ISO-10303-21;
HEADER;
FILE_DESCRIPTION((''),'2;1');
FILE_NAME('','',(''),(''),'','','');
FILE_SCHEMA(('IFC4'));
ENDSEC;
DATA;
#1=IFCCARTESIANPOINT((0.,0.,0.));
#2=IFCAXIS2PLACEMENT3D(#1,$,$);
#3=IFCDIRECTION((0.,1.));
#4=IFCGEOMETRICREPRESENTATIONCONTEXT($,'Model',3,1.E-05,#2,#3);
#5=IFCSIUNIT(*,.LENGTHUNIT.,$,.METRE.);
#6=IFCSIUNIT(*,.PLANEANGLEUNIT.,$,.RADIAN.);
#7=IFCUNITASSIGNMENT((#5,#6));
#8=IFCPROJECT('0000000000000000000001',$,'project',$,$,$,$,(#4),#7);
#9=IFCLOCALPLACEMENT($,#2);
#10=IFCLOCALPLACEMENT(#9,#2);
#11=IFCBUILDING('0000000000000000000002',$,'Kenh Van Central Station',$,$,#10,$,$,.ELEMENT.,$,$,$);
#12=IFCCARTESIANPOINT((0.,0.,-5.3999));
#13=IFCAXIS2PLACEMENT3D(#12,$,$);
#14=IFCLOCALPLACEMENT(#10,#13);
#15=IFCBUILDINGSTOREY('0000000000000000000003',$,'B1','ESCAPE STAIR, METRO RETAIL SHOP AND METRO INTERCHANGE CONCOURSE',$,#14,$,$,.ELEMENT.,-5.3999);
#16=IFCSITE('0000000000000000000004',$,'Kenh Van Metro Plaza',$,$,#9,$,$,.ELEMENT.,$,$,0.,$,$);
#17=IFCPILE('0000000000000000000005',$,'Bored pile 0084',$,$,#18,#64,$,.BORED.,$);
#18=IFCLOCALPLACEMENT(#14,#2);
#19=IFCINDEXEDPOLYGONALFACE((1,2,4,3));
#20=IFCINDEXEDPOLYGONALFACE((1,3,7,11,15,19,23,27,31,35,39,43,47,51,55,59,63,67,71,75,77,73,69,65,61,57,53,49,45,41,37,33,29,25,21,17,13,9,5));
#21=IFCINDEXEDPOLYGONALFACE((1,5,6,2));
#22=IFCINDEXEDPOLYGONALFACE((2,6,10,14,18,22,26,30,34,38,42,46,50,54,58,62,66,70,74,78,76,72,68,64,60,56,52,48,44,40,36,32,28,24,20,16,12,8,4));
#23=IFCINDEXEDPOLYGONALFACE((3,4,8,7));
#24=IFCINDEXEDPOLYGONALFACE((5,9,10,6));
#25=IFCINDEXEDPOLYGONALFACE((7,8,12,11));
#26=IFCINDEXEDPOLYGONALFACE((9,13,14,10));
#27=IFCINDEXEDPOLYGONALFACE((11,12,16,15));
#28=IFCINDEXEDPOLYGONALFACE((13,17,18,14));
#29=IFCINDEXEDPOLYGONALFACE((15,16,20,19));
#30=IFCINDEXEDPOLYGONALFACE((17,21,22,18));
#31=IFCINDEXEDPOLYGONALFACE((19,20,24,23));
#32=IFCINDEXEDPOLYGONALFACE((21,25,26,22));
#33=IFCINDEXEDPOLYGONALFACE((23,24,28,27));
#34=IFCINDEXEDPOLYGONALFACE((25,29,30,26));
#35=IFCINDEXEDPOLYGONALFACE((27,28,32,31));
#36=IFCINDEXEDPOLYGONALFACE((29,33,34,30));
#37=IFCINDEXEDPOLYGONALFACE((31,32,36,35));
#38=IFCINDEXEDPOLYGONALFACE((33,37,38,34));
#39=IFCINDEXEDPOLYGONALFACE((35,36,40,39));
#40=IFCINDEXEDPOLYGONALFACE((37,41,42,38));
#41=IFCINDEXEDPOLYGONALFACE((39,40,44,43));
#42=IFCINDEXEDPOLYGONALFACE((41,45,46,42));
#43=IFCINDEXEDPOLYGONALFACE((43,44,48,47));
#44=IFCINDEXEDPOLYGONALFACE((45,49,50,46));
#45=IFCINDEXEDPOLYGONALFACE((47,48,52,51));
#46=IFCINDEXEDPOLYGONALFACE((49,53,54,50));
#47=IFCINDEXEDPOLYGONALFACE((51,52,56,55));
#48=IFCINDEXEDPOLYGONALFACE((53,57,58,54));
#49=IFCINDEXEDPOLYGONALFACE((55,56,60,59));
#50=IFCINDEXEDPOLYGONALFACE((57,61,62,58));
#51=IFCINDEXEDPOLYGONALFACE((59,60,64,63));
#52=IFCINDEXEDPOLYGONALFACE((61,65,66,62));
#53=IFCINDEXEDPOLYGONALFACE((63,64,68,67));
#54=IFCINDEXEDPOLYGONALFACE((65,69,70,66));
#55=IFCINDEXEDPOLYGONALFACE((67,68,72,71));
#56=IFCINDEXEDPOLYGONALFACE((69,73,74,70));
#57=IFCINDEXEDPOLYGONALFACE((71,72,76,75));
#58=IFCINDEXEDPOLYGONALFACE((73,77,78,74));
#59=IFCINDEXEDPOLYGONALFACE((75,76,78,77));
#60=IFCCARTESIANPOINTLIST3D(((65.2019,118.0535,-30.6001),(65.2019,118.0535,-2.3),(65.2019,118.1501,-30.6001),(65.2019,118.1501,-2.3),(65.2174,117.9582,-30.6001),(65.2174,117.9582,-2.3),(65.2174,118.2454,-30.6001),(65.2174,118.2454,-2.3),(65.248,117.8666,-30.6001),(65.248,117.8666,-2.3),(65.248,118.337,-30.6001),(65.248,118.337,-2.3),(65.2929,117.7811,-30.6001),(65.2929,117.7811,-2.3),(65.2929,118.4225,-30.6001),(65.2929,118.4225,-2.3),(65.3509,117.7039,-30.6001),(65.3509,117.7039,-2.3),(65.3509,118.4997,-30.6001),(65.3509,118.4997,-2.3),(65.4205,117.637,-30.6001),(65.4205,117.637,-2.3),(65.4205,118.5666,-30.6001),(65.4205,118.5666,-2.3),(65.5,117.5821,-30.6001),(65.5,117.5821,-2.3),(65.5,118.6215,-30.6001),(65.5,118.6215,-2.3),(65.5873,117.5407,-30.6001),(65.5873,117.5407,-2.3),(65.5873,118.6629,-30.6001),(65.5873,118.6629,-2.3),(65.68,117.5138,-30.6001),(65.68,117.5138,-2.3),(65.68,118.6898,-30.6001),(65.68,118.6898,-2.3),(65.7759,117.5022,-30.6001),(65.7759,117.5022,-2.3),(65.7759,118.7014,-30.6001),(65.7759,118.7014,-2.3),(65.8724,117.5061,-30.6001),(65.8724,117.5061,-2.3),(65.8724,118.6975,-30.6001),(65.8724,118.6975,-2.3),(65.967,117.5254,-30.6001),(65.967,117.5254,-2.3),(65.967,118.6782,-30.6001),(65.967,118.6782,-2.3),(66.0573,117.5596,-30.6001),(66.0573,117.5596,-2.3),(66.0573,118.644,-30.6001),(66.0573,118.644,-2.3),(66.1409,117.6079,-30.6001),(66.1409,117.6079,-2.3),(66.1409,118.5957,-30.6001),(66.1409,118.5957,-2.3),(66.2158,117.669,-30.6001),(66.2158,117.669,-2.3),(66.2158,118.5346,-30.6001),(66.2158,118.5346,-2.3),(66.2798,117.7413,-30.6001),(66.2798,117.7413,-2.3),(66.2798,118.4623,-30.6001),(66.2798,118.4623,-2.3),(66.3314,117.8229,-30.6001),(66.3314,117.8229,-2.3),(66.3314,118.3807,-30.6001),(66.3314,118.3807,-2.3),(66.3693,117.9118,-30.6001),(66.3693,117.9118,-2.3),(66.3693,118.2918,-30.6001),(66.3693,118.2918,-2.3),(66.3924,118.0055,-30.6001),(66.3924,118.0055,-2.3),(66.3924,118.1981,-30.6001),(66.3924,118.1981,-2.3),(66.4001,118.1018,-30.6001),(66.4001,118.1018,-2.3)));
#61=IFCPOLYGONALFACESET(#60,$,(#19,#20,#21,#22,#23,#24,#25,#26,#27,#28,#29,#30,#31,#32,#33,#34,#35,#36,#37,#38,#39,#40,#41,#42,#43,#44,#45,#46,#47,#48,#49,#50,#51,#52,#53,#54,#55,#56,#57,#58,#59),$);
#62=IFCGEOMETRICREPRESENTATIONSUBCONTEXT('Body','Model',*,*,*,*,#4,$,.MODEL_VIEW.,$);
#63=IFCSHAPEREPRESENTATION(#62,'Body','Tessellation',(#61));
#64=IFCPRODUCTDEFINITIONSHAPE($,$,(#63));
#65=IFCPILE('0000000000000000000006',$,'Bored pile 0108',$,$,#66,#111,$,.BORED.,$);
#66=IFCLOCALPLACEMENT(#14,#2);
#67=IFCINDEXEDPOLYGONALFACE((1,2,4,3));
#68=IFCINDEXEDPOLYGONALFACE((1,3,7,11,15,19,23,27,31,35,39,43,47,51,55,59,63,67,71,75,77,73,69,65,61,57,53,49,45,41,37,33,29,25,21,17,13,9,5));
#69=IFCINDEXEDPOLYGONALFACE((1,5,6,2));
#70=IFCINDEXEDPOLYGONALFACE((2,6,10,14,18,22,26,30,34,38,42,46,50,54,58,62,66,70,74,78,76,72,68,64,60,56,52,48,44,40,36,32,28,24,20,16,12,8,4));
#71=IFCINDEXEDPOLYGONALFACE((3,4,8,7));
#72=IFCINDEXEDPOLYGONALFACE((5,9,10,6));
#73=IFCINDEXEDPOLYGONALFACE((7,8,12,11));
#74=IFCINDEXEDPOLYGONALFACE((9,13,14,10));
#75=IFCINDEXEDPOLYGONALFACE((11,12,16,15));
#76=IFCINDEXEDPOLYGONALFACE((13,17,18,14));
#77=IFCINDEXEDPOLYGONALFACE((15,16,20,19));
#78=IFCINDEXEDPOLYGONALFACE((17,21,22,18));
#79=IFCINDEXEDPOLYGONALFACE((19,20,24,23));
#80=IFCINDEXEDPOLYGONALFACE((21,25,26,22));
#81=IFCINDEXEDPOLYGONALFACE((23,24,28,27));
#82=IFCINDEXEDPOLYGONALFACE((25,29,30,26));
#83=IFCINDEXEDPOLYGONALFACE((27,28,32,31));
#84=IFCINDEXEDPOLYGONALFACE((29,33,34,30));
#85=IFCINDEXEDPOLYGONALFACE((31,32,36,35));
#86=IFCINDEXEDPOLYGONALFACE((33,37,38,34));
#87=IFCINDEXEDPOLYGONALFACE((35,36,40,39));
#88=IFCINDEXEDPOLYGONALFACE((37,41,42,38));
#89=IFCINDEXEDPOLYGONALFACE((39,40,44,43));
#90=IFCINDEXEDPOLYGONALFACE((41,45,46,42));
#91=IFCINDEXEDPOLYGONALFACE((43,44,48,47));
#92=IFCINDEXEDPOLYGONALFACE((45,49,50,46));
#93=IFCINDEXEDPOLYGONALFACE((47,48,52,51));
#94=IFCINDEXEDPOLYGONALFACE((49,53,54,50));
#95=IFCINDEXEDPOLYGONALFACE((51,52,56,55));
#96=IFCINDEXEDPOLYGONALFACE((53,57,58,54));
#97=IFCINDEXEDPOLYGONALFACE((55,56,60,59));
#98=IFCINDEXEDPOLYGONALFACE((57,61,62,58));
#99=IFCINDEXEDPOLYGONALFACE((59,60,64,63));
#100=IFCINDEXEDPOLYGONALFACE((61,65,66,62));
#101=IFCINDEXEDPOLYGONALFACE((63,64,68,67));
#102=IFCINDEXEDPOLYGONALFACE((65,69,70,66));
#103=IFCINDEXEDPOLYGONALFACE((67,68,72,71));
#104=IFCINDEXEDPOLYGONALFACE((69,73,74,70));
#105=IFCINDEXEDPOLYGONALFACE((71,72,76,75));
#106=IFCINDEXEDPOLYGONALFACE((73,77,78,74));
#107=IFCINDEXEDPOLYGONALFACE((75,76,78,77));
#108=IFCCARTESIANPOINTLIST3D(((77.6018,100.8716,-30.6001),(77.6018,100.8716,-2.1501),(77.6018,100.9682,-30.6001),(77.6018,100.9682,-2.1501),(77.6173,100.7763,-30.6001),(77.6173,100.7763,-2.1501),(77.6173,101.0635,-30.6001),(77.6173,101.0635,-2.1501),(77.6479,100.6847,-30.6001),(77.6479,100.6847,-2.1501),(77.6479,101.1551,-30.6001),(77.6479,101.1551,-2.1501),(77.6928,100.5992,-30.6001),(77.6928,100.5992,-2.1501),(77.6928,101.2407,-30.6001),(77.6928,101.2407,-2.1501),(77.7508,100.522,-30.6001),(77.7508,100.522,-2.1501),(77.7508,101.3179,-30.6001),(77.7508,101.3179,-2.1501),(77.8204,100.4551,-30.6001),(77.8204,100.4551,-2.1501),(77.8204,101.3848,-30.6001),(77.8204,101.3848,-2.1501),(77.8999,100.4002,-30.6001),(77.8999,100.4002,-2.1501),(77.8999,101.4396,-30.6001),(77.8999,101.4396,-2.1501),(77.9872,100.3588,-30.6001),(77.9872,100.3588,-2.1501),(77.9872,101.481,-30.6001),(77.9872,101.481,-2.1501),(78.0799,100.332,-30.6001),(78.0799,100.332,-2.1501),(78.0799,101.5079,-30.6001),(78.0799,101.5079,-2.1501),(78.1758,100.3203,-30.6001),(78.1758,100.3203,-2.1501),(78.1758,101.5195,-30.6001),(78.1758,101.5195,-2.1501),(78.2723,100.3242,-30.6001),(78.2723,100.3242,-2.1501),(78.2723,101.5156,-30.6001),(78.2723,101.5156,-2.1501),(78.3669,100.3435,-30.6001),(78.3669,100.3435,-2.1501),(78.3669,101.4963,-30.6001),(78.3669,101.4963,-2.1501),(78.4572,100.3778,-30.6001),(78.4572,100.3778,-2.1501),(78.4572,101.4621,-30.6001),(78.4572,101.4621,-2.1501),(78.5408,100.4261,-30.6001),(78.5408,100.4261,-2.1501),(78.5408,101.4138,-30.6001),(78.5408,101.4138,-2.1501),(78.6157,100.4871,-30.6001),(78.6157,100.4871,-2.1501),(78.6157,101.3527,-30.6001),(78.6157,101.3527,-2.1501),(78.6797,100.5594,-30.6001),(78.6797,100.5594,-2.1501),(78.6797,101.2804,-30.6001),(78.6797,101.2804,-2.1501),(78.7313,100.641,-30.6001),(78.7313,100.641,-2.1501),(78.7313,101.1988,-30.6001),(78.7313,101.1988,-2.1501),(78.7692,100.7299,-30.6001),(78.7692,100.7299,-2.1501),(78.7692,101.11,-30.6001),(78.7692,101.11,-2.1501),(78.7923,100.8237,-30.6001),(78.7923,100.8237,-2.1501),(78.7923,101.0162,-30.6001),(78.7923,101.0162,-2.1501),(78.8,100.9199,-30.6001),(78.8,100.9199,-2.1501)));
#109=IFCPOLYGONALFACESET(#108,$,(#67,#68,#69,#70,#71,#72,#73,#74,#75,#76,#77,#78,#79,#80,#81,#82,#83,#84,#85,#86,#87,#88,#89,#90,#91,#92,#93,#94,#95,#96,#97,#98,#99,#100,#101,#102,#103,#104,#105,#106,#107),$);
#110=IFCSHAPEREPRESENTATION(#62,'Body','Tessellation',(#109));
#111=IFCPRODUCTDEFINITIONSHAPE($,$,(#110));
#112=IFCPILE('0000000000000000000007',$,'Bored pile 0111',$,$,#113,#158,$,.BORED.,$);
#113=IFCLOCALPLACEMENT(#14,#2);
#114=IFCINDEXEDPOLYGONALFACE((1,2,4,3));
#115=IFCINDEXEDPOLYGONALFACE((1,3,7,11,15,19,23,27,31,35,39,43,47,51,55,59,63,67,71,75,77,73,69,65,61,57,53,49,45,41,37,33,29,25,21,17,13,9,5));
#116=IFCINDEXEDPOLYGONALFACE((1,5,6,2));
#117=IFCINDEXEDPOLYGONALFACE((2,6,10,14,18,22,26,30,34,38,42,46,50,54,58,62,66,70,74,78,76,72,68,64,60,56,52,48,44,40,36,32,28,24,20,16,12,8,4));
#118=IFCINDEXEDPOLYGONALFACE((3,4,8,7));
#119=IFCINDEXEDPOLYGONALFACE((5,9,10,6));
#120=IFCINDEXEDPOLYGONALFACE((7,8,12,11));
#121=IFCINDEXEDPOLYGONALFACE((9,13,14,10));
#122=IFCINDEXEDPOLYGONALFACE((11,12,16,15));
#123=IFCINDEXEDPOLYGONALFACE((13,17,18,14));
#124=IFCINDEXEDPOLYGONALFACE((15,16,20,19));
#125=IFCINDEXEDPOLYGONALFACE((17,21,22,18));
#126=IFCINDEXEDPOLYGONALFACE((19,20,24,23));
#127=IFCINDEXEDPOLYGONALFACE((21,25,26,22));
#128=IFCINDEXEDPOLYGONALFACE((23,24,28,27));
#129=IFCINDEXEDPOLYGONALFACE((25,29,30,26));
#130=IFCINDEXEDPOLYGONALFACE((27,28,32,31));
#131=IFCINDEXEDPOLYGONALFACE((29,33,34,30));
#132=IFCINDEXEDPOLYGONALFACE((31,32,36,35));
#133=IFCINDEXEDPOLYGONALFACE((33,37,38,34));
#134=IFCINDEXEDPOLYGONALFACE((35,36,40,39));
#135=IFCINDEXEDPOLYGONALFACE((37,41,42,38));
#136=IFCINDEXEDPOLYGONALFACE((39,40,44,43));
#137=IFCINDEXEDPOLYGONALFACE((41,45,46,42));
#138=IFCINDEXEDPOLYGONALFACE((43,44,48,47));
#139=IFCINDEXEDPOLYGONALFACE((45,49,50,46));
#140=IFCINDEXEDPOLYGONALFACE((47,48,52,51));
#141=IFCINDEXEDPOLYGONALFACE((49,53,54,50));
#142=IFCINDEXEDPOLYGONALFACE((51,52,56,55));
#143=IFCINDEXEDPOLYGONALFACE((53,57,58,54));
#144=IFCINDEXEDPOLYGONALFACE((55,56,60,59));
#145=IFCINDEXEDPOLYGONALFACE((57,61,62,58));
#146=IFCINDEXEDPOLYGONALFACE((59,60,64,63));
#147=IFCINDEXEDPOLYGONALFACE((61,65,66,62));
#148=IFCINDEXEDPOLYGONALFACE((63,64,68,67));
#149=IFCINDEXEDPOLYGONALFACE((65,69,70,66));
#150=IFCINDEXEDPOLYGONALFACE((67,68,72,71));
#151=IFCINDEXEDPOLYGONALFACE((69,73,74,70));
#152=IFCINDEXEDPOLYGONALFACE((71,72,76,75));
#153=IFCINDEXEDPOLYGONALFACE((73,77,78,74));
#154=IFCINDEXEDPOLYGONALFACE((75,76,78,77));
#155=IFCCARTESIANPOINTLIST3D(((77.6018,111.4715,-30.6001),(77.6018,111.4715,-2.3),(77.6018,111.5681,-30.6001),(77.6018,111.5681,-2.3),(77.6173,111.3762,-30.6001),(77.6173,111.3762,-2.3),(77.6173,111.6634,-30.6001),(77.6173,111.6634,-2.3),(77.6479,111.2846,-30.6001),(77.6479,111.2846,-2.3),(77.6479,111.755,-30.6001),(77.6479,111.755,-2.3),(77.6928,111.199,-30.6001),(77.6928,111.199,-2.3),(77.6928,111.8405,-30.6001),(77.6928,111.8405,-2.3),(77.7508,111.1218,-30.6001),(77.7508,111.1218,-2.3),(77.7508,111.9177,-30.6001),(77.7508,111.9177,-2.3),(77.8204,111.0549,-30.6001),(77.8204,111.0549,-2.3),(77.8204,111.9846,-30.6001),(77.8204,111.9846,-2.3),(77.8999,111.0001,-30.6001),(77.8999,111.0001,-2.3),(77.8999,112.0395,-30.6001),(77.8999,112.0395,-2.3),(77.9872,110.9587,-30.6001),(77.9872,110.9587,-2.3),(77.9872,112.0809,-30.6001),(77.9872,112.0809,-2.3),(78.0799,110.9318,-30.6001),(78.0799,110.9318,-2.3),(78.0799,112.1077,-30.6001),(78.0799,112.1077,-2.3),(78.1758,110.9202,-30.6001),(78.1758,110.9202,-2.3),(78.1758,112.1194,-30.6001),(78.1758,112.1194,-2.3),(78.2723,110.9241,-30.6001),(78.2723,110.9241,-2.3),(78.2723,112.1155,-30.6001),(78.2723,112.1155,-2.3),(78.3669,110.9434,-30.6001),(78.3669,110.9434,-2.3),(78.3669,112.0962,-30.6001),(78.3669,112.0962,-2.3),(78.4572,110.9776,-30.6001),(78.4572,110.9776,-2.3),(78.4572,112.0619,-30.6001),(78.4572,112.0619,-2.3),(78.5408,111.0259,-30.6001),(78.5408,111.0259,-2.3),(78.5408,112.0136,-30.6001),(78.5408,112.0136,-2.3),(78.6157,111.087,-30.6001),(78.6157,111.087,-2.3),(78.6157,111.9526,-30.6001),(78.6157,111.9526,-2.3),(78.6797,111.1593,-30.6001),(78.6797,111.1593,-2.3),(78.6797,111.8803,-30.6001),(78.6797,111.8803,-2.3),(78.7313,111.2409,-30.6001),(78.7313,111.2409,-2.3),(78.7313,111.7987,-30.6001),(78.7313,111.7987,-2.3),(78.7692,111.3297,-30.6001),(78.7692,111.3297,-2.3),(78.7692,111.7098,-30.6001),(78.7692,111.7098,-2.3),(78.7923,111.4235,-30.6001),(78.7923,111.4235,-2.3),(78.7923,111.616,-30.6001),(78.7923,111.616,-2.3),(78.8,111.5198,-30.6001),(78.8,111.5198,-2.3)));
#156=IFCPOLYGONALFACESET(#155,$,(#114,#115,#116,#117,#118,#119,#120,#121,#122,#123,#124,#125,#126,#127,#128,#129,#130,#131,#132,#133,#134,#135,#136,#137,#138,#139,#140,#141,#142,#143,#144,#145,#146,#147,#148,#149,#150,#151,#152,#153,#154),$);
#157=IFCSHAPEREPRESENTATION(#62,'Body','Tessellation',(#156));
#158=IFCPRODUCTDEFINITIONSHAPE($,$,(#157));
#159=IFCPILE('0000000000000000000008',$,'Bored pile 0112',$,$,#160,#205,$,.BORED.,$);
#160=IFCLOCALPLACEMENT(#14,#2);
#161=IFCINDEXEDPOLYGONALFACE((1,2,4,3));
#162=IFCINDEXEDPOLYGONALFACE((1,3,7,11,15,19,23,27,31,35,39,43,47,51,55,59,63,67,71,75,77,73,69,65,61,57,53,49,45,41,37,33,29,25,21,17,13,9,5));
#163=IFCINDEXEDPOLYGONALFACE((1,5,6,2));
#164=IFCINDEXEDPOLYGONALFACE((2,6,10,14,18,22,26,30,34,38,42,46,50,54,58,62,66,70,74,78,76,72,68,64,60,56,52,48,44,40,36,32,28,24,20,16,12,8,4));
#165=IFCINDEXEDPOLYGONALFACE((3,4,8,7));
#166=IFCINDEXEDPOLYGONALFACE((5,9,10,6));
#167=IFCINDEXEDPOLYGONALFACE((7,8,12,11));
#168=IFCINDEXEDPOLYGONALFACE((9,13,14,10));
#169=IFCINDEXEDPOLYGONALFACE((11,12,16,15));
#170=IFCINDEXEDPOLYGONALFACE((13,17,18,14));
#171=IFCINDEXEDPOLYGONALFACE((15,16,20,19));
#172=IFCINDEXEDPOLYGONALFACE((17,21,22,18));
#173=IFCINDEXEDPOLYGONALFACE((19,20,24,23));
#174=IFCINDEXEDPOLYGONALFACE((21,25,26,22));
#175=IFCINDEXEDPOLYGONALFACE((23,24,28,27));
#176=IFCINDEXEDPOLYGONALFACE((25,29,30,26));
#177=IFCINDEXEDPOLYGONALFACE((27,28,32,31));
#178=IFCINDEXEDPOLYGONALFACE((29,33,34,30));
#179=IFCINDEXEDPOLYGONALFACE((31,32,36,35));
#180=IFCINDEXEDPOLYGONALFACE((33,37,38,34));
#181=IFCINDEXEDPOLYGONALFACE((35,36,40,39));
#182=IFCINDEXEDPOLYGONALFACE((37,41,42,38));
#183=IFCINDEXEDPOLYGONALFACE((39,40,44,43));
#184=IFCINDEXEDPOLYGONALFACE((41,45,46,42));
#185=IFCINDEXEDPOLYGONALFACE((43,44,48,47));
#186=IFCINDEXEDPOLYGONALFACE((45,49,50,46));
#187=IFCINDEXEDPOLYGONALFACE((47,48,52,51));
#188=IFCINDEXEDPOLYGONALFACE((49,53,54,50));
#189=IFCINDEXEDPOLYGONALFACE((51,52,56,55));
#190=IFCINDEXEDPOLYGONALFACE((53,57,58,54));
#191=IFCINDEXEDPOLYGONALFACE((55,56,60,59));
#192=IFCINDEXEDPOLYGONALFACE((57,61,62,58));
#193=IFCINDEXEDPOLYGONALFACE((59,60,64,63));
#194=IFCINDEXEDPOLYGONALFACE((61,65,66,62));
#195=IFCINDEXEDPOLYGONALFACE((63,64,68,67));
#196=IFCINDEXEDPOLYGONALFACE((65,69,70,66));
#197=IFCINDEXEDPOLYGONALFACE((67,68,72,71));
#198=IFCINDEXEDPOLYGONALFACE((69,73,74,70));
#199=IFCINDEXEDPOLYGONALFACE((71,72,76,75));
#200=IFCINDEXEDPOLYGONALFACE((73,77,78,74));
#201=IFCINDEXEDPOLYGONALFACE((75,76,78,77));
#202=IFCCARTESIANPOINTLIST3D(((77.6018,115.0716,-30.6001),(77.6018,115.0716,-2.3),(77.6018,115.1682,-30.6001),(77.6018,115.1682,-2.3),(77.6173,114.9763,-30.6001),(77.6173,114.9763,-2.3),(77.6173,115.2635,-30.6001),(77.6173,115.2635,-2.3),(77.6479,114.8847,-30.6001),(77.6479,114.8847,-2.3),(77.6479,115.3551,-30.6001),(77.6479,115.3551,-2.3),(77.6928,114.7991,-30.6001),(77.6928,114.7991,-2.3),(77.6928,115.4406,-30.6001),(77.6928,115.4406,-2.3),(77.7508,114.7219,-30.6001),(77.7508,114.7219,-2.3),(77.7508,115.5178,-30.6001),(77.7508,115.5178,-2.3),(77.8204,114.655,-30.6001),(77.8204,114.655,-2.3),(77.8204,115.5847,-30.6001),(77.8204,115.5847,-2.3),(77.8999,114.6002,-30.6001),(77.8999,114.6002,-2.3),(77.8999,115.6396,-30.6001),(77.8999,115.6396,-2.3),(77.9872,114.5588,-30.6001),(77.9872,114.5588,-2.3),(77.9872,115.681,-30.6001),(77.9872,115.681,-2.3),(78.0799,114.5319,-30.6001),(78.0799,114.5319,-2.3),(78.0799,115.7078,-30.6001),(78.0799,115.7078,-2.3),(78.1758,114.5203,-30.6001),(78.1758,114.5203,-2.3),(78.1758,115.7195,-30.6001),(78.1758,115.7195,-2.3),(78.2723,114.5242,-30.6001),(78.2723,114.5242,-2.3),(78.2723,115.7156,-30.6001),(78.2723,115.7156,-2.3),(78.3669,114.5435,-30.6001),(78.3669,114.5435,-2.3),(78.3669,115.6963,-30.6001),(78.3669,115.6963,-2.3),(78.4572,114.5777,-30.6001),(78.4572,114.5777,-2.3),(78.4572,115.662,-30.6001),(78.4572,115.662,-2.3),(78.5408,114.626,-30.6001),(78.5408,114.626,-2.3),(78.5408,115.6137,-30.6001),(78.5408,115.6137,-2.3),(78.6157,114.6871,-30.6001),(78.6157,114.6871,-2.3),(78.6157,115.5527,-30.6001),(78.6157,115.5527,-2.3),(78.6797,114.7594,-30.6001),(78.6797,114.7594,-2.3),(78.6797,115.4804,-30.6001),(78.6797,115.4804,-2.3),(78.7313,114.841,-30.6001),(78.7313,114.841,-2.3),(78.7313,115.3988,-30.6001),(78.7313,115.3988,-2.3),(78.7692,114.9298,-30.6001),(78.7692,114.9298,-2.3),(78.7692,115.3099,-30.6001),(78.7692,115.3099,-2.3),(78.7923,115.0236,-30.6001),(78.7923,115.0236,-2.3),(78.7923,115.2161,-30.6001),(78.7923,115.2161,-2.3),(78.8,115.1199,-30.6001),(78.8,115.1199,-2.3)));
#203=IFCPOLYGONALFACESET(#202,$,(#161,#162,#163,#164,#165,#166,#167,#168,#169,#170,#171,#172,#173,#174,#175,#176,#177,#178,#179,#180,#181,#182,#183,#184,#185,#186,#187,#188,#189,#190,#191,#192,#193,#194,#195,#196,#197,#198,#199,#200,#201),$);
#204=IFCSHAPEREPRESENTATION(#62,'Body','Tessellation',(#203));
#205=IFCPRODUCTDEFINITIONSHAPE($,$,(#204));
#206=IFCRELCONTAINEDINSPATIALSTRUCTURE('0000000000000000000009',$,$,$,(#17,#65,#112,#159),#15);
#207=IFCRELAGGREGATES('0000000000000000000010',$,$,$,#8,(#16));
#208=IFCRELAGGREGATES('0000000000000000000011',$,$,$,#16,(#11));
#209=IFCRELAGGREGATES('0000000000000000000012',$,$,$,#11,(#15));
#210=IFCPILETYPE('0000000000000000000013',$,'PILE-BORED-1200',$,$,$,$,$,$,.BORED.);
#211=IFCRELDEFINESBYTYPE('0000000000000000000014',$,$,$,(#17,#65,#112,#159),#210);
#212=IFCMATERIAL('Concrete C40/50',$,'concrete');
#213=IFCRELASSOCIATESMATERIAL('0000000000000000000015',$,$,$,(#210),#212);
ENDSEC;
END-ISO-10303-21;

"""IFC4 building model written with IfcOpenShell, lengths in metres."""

from ifc_helpers import new_model, si_unit, direction, frame, origin, origin_2d, place, context, subcontext, project, spatial, circle, extrude, material, material_profile, profile_set, type_object, element, save


model = new_model("IFC4")

# Units and contexts
model_context = context("Model", 3, precision=1e-05, world=origin(), true_north=direction((0.0, 1.0)))
body_context = subcontext(model_context, "Body", "Model", "MODEL_VIEW")
ifc_project = project(units=[si_unit("LENGTHUNIT", "METRE"), si_unit("PLANEANGLEUNIT", "RADIAN")], contexts=[model_context])

# Site, building, storey
site_placement = place(None, origin())
site = spatial("IfcSite", under=ifc_project, at=site_placement, Name="Kenh Van Metro Plaza", CompositionType="ELEMENT", RefElevation=0.0)
building_placement = place(site_placement, origin())
building = spatial("IfcBuilding", under=site, at=building_placement, Name="Kenh Van Central Station", CompositionType="ELEMENT")
storey_placement = place(building_placement, frame((0.0, 0.0, -5.3999)))
storey = spatial("IfcBuildingStorey", under=building, at=storey_placement, Name="B1", Description="ESCAPE STAIR, METRO RETAIL SHOP AND METRO INTERCHANGE CONCOURSE", CompositionType="ELEMENT", Elevation=-5.3999)

# Shared definitions
ifc_material_1 = material(Name="Concrete C40/50", Category="concrete")

# Piles
ifc_material_profile_1 = material_profile(ifc_material_1, circle(Radius=0.6001, at=origin_2d()), Name="PILE D1200")
ifc_profile_set_1 = profile_set([ifc_material_profile_1], Name="Concrete C40/50")
pile_type_1 = type_object("IfcPileType", Name="PILE-BORED-1200", PredefinedType="BORED", material=ifc_profile_set_1)
for number, where, z_axis, x_axis, name in (
    (1, (65.8, 118.1018, -2.3), (0.0, 0.0, -1.0), (1.0, 0.0, 0.0), "Bored pile 0084"),
):
    element("IfcPile", number, at=place(storey_placement, frame(where, z_axis=z_axis, x_axis=x_axis)), inside=storey, type_object=pile_type_1, Name=name, PredefinedType="BORED", context=body_context, shape_type="SweptSolid", body=[
        extrude(circle(Radius=0.6001, at=origin_2d()), origin(), (0.0, 0.0, 1.0), 28.3),
    ])
pile_placement = place(storey_placement, frame((78.2, 100.9199, -2.1501), z_axis=(0.0, 0.0, -1.0), x_axis=(1.0, 0.0, 0.0)))
element("IfcPile", 2, at=pile_placement, inside=storey, type_object=pile_type_1, Name="Bored pile 0108", PredefinedType="BORED", context=body_context, shape_type="SweptSolid", body=[
    extrude(circle(Radius=0.6001, at=origin_2d()), origin(), (0.0, 0.0, 1.0), 28.45),
])
for number, where, z_axis, x_axis, name in (
    (3, (78.2, 111.5198, -2.3), (0.0, 0.0, -1.0), (1.0, 0.0, 0.0), "Bored pile 0111"),
    (4, (78.2, 115.1199, -2.3), (0.0, 0.0, -1.0), (1.0, 0.0, 0.0), "Bored pile 0112"),
):
    element("IfcPile", number, at=place(storey_placement, frame(where, z_axis=z_axis, x_axis=x_axis)), inside=storey, type_object=pile_type_1, Name=name, PredefinedType="BORED", context=body_context, shape_type="SweptSolid", body=[
        extrude(circle(Radius=0.6001, at=origin_2d()), origin(), (0.0, 0.0, 1.0), 28.3),
    ])

save(model, "model.ifc")
